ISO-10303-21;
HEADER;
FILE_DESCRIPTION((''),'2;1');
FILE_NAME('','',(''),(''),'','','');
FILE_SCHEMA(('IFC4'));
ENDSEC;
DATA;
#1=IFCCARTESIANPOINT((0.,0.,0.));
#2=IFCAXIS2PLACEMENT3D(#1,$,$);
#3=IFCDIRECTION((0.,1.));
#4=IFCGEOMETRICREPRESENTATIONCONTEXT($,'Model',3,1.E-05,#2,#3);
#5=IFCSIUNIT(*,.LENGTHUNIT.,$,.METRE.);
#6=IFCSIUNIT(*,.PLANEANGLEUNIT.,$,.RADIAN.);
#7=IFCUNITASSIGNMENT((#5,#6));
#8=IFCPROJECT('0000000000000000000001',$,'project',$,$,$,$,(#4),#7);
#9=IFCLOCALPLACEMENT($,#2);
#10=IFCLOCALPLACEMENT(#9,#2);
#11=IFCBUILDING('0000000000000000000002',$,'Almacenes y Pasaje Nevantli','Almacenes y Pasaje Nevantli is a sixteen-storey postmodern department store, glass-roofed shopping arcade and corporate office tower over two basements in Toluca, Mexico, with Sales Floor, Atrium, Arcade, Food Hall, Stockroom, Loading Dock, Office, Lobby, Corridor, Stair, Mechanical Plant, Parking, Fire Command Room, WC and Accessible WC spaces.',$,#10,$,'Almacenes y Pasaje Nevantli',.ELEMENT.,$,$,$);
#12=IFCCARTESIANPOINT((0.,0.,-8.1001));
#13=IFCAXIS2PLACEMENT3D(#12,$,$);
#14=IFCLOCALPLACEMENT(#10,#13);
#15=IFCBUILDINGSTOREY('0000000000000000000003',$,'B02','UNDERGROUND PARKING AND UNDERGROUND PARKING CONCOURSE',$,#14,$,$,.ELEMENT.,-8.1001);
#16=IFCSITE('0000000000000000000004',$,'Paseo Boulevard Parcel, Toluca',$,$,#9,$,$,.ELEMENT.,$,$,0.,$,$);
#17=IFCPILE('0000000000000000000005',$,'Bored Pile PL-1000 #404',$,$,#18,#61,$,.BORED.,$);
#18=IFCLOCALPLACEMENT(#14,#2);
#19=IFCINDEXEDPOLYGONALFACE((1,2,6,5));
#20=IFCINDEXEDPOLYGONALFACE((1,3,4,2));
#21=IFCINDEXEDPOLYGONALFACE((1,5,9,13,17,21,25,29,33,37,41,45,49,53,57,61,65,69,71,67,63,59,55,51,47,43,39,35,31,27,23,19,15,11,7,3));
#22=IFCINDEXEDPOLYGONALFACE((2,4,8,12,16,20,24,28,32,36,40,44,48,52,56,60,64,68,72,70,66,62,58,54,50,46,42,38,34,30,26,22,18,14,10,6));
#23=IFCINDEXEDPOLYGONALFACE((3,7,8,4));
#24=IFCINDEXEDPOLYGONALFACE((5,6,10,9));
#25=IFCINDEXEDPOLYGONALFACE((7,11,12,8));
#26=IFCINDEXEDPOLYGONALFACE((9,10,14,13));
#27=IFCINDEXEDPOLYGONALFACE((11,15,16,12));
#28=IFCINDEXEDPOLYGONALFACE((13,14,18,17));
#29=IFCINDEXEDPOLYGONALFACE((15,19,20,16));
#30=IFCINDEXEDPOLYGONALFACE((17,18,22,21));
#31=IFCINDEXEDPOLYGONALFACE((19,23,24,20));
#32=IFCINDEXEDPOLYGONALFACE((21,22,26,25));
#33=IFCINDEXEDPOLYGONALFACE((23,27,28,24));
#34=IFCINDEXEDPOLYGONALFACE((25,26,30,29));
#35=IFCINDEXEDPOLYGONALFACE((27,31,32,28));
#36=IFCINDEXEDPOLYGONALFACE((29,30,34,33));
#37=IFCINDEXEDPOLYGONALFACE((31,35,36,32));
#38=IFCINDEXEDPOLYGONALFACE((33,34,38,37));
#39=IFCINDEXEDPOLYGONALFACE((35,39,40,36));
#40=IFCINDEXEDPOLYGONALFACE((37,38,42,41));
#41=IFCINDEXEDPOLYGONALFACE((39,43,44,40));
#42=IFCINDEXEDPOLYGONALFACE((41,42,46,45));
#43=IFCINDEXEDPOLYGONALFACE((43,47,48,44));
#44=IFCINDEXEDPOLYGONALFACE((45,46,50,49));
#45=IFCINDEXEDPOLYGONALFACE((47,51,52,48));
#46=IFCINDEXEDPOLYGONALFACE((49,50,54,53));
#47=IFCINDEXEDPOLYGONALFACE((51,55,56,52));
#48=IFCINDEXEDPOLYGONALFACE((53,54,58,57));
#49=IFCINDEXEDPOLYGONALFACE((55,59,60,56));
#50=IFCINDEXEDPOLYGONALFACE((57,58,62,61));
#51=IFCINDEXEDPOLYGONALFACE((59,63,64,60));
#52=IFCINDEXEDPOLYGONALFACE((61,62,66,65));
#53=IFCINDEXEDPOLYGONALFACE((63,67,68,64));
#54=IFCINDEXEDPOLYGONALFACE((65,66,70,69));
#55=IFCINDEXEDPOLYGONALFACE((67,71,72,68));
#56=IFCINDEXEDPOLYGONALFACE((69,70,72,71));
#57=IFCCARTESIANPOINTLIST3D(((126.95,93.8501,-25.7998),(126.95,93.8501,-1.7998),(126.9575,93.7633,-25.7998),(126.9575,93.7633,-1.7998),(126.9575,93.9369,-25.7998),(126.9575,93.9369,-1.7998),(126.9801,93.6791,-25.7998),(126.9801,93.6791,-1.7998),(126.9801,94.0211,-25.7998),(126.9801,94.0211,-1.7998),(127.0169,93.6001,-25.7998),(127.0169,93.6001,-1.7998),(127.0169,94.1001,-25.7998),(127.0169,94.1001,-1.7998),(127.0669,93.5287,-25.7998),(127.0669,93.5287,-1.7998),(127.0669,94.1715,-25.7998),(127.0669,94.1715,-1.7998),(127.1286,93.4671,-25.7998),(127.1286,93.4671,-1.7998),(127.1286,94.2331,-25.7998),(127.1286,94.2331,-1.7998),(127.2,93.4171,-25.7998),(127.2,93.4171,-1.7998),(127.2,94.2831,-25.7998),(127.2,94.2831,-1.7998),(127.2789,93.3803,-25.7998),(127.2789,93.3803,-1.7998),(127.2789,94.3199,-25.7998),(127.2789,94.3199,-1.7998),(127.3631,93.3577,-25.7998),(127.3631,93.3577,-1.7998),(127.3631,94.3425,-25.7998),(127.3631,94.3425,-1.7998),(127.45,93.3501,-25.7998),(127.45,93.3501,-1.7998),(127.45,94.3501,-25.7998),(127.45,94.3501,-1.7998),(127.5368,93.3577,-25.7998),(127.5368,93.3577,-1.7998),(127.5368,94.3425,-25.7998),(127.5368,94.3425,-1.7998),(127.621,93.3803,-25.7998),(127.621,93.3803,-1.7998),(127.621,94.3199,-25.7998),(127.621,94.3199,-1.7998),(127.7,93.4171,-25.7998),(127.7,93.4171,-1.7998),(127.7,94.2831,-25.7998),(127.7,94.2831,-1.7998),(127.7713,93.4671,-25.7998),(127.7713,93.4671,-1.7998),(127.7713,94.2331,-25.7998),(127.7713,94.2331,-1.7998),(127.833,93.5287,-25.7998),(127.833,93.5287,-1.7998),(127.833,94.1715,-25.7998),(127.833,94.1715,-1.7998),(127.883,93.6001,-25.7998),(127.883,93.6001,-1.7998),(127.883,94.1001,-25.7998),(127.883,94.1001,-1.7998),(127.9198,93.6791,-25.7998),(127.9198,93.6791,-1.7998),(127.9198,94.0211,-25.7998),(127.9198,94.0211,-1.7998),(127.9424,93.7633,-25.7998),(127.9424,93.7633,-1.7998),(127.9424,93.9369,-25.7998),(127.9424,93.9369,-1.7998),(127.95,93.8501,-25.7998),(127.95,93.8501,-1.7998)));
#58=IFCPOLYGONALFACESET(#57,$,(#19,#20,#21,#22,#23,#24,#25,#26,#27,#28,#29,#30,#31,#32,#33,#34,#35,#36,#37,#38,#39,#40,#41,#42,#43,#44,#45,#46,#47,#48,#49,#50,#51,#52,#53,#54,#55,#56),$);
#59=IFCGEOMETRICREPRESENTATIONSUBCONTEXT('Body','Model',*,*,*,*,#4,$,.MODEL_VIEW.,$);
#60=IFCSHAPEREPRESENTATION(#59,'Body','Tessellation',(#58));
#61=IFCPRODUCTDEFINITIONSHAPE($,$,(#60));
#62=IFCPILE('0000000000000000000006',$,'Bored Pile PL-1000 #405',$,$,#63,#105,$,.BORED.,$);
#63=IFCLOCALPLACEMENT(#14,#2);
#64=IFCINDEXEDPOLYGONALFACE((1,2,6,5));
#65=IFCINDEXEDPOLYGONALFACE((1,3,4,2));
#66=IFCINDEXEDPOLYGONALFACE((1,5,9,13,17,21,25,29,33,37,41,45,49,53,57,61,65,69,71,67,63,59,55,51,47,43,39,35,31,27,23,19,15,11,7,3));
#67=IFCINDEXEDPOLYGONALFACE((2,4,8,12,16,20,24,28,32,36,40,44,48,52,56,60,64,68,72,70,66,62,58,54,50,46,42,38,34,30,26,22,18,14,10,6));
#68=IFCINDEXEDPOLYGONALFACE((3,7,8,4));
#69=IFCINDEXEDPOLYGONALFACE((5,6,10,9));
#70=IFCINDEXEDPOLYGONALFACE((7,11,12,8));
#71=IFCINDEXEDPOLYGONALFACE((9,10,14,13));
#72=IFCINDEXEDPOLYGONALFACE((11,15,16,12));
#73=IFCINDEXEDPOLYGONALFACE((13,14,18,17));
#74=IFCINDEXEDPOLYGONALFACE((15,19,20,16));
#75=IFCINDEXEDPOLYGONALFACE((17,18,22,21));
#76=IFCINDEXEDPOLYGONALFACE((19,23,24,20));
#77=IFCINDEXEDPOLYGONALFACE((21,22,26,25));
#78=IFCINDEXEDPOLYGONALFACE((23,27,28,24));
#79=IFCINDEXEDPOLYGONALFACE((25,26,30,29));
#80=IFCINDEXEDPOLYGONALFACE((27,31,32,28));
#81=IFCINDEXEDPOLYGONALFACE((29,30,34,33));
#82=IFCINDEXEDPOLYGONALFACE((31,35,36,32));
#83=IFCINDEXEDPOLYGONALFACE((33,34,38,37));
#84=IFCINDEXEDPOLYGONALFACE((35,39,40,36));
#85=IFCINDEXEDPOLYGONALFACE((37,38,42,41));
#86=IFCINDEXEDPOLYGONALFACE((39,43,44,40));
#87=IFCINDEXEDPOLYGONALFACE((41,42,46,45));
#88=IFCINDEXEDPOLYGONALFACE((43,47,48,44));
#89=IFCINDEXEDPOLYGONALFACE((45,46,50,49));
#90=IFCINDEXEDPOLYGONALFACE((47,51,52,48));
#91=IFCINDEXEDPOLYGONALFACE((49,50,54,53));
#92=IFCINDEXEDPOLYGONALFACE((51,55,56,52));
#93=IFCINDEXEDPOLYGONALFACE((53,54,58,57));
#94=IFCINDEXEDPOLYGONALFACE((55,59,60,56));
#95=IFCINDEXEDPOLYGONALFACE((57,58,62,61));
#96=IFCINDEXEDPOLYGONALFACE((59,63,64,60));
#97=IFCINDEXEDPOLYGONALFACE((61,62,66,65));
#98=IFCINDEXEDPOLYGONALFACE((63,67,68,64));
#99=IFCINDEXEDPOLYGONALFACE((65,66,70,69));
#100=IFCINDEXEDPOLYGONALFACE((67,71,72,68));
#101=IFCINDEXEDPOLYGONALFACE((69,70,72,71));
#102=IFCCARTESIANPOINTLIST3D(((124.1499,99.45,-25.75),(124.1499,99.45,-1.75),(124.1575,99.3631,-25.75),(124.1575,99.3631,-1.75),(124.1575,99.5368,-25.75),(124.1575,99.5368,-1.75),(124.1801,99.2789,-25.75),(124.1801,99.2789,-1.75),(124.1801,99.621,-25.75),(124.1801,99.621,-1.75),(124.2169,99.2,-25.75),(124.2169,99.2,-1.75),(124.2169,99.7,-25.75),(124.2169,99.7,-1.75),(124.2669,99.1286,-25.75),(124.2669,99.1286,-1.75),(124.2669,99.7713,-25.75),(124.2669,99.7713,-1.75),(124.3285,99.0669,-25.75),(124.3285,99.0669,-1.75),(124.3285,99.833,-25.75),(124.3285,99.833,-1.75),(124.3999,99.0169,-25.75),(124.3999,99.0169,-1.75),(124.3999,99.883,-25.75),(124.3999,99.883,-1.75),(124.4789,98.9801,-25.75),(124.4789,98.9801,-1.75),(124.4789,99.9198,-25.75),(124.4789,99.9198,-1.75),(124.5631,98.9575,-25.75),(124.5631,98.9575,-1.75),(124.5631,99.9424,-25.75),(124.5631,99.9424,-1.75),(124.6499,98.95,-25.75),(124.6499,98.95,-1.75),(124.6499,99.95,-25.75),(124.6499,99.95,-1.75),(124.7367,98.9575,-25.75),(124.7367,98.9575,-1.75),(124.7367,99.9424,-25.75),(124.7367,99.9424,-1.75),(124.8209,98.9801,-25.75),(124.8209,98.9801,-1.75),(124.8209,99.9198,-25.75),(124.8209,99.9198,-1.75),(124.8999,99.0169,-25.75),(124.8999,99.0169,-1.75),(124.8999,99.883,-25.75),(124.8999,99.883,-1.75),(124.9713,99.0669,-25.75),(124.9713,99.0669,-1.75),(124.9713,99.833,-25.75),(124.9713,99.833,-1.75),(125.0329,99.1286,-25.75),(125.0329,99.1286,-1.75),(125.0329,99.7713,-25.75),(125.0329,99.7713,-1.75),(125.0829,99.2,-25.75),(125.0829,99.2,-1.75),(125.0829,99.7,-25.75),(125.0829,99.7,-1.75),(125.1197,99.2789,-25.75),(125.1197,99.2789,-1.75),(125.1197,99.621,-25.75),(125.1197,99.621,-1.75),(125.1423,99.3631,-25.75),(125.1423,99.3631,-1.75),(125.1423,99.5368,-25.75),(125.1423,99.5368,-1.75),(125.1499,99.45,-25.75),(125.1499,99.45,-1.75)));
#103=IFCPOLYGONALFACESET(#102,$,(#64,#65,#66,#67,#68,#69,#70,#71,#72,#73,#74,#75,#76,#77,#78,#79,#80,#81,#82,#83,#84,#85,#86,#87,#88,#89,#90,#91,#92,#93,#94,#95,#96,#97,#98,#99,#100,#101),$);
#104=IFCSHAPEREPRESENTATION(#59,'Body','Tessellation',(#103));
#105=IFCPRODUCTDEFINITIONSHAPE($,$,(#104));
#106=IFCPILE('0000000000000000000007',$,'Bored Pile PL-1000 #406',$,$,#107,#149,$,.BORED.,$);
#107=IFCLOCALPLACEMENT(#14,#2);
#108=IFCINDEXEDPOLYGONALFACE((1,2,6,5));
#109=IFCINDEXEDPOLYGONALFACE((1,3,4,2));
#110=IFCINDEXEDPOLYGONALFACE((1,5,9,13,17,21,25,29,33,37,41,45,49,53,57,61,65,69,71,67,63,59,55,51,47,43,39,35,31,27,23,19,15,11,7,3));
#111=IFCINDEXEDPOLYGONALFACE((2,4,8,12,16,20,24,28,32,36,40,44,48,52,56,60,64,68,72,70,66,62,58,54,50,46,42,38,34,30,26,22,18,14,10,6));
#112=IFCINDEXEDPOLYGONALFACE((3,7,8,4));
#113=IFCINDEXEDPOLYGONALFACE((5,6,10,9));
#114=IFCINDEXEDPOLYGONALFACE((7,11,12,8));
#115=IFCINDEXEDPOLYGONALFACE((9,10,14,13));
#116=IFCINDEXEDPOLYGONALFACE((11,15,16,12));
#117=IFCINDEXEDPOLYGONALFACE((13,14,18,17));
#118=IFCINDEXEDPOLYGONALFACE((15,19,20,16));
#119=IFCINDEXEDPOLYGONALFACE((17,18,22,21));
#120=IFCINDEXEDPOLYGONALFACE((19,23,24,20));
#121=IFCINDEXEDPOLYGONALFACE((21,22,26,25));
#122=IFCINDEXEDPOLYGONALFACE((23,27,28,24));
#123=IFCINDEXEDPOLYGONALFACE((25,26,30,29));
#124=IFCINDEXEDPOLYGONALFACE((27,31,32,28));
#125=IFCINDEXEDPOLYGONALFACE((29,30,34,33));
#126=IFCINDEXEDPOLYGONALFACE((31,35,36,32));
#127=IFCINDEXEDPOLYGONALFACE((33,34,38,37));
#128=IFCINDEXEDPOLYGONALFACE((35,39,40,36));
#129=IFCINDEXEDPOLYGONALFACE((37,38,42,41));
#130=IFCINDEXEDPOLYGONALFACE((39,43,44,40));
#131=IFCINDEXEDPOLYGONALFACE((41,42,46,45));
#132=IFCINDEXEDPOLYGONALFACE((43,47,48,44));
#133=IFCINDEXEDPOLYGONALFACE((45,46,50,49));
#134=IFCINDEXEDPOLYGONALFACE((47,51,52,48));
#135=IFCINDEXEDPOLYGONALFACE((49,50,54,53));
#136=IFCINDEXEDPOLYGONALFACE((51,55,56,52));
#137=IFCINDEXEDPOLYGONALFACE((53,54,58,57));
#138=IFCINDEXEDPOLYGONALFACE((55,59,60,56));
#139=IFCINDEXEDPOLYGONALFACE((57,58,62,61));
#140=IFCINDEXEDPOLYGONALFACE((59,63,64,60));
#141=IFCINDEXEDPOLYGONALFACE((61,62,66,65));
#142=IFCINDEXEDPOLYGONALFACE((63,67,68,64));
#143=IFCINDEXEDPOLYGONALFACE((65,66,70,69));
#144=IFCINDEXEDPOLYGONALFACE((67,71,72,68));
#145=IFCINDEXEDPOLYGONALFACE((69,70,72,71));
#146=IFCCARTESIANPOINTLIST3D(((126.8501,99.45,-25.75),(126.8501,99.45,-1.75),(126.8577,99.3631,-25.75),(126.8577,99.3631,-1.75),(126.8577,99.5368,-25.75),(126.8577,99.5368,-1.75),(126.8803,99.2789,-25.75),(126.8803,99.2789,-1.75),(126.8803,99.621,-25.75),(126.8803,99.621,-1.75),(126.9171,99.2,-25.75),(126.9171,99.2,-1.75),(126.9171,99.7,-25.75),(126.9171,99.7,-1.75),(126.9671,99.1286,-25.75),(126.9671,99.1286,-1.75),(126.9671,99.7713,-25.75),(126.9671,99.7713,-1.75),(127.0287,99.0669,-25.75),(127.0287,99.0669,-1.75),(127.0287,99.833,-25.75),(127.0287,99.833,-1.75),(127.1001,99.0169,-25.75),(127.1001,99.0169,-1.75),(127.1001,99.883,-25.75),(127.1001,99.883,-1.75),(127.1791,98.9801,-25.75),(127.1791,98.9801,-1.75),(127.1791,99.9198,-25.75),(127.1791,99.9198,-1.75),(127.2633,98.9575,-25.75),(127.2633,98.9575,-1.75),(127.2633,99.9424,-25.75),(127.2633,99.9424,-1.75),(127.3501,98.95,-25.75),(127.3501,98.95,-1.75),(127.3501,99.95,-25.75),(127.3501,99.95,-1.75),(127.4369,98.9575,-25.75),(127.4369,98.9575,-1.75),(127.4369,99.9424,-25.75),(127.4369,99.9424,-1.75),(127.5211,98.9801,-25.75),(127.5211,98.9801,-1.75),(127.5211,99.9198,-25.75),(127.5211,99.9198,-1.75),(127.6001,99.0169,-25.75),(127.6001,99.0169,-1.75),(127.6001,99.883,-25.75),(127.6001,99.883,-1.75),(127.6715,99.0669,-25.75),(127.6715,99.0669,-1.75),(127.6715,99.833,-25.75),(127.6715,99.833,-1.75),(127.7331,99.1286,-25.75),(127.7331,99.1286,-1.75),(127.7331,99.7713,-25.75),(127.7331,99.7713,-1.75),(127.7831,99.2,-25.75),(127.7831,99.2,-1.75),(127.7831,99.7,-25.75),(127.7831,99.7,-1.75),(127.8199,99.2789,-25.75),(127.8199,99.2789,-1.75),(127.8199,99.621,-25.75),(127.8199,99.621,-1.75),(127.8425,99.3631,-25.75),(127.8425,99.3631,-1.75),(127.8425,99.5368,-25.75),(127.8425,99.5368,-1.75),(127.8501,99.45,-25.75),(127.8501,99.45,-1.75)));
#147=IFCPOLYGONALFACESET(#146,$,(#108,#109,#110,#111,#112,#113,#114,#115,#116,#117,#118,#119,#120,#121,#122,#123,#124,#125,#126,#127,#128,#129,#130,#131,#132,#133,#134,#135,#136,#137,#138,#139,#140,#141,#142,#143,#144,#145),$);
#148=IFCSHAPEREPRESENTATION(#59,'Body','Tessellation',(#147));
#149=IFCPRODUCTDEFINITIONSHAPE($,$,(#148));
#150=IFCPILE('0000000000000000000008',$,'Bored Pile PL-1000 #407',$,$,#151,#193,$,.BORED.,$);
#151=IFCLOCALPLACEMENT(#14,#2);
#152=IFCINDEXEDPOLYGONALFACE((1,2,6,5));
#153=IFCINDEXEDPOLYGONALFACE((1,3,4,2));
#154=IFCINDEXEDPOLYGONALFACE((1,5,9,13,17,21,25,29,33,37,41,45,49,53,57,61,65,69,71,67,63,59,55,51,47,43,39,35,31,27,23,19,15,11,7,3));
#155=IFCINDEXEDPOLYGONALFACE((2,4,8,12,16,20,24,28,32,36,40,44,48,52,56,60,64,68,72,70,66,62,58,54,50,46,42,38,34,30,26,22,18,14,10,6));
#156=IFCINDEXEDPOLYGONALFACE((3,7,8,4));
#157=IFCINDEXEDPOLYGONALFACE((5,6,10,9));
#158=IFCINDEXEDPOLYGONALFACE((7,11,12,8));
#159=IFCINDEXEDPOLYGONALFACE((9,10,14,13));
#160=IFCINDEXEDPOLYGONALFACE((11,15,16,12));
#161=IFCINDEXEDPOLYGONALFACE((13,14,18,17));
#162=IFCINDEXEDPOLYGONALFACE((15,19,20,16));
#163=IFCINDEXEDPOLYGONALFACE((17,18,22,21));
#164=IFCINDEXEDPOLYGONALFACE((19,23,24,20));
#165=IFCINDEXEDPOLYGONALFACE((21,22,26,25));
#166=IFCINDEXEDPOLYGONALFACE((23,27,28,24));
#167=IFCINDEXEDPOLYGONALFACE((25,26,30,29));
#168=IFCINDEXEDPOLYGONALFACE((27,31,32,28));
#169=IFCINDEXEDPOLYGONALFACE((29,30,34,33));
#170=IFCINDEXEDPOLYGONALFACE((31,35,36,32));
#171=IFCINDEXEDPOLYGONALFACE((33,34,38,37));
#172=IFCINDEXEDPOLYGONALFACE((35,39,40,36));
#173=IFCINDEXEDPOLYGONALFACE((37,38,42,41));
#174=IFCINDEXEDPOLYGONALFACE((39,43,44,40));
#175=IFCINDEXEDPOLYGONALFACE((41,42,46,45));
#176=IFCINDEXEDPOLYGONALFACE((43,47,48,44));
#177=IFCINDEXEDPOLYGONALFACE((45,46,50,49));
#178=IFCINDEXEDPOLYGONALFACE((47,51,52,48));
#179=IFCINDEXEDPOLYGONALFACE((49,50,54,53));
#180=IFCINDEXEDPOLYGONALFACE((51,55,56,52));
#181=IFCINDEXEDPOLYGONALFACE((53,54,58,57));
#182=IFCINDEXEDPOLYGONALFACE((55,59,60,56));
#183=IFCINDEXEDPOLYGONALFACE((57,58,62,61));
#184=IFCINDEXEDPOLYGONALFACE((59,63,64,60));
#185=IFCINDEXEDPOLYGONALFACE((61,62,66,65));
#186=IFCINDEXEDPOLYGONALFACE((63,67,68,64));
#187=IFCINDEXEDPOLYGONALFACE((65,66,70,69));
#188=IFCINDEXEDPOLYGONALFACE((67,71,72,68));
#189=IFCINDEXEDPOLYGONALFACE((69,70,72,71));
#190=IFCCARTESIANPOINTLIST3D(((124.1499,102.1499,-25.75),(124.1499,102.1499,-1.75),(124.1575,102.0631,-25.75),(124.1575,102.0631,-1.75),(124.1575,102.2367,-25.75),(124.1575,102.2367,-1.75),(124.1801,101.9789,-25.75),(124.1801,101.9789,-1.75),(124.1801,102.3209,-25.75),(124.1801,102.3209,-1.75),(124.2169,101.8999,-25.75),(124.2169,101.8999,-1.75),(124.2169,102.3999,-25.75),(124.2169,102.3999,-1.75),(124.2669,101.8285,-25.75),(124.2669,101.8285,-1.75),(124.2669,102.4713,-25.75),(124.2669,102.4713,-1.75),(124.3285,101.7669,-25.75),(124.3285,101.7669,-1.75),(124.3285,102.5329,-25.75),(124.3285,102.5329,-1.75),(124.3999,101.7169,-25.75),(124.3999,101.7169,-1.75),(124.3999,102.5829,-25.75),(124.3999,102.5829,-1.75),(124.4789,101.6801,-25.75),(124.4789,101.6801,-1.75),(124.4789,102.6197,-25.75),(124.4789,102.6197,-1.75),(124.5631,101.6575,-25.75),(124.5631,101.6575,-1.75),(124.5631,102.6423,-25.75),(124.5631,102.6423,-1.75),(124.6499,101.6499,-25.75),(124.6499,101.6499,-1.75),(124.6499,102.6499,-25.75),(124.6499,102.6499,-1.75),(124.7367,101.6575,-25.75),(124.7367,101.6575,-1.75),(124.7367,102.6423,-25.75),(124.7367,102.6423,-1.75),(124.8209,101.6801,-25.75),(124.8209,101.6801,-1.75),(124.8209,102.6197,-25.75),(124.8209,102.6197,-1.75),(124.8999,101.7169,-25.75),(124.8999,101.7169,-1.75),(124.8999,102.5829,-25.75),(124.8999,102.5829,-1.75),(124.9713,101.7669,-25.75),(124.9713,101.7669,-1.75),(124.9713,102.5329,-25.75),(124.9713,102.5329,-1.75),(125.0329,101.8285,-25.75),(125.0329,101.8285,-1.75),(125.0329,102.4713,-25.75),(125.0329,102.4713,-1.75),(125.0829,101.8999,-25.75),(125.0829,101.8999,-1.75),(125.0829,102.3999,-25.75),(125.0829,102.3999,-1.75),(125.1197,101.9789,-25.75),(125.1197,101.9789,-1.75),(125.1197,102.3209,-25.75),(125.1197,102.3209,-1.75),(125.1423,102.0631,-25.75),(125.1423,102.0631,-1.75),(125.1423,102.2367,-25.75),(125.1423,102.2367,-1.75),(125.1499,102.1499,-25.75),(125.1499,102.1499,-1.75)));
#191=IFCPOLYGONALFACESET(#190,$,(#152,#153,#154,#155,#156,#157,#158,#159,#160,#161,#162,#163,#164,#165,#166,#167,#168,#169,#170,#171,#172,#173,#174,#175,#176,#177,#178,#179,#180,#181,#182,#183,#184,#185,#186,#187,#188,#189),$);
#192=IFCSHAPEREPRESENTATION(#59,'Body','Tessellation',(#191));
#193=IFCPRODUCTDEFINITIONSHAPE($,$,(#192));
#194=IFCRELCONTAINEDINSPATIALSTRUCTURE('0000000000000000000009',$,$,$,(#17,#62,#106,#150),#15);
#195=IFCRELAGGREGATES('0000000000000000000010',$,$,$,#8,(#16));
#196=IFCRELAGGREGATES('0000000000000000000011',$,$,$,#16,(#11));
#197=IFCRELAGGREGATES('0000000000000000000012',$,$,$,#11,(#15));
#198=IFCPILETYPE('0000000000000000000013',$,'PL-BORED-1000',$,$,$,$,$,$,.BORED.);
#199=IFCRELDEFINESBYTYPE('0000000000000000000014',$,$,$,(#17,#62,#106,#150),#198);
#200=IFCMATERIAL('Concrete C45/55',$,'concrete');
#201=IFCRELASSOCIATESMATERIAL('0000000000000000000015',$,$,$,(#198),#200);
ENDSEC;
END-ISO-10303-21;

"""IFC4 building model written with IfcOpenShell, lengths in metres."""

from ifc_helpers import new_model, si_unit, direction, frame, origin, origin_2d, place, context, subcontext, project, spatial, circle, extrude, material, material_profile, profile_set, type_object, element, save


model = new_model("IFC4")

# Units and contexts
model_context = context("Model", 3, precision=1e-05, world=origin(), true_north=direction((0.0, 1.0)))
body_context = subcontext(model_context, "Body", "Model", "MODEL_VIEW")
ifc_project = project(units=[si_unit("LENGTHUNIT", "METRE"), si_unit("PLANEANGLEUNIT", "RADIAN")], contexts=[model_context])

# Site, building, storey
site_placement = place(None, origin())
site = spatial("IfcSite", under=ifc_project, at=site_placement, Name="Paseo Boulevard Parcel, Toluca", CompositionType="ELEMENT", RefElevation=0.0)
building_placement = place(site_placement, origin())
building = spatial("IfcBuilding", under=site, at=building_placement, Name="Almacenes y Pasaje Nevantli", Description="Almacenes y Pasaje Nevantli is a sixteen-storey postmodern department store, glass-roofed shopping arcade and corporate office tower over two basements in Toluca, Mexico, with Sales Floor, Atrium, Arcade, Food Hall, Stockroom, Loading Dock, Office, Lobby, Corridor, Stair, Mechanical Plant, Parking, Fire Command Room, WC and Accessible WC spaces.", LongName="Almacenes y Pasaje Nevantli", CompositionType="ELEMENT")
storey_placement = place(building_placement, frame((0.0, 0.0, -8.1001)))
storey = spatial("IfcBuildingStorey", under=building, at=storey_placement, Name="B02", Description="UNDERGROUND PARKING AND UNDERGROUND PARKING CONCOURSE", CompositionType="ELEMENT", Elevation=-8.1001)

# Piles
ifc_material_1 = material(Name="Concrete C45/55", Category="concrete")
ifc_material_profile_1 = material_profile(ifc_material_1, circle(Radius=0.5, at=origin_2d()), Name="RC-PILE-D1000")
ifc_profile_set_1 = profile_set([ifc_material_profile_1], Name="Concrete C45/55")
pile_type = type_object("IfcPileType", Name="PL-BORED-1000", PredefinedType="BORED", material=ifc_profile_set_1)
for number, where, z_axis, x_axis, name in (
    (1, (127.45, 93.8501, -1.7998), (0.0, 0.0, -1.0), (1.0, 0.0, 0.0), "Bored Pile PL-1000 #404"),
    (2, (124.6499, 99.45, -1.75), (0.0, 0.0, -1.0), (1.0, 0.0, 0.0), "Bored Pile PL-1000 #405"),
    (3, (127.3501, 99.45, -1.75), (0.0, 0.0, -1.0), (1.0, 0.0, 0.0), "Bored Pile PL-1000 #406"),
    (4, (124.6499, 102.1499, -1.75), (0.0, 0.0, -1.0), (1.0, 0.0, 0.0), "Bored Pile PL-1000 #407"),
):
    element("IfcPile", number, at=place(storey_placement, frame(where, z_axis=z_axis, x_axis=x_axis)), inside=storey, type_object=pile_type, Name=name, PredefinedType="BORED", context=body_context, shape_type="SweptSolid", body=[
        extrude(circle(Radius=0.5, at=origin_2d()), origin(), (0.0, 0.0, 1.0), 24.0),
    ])

save(model, "model.ifc")
